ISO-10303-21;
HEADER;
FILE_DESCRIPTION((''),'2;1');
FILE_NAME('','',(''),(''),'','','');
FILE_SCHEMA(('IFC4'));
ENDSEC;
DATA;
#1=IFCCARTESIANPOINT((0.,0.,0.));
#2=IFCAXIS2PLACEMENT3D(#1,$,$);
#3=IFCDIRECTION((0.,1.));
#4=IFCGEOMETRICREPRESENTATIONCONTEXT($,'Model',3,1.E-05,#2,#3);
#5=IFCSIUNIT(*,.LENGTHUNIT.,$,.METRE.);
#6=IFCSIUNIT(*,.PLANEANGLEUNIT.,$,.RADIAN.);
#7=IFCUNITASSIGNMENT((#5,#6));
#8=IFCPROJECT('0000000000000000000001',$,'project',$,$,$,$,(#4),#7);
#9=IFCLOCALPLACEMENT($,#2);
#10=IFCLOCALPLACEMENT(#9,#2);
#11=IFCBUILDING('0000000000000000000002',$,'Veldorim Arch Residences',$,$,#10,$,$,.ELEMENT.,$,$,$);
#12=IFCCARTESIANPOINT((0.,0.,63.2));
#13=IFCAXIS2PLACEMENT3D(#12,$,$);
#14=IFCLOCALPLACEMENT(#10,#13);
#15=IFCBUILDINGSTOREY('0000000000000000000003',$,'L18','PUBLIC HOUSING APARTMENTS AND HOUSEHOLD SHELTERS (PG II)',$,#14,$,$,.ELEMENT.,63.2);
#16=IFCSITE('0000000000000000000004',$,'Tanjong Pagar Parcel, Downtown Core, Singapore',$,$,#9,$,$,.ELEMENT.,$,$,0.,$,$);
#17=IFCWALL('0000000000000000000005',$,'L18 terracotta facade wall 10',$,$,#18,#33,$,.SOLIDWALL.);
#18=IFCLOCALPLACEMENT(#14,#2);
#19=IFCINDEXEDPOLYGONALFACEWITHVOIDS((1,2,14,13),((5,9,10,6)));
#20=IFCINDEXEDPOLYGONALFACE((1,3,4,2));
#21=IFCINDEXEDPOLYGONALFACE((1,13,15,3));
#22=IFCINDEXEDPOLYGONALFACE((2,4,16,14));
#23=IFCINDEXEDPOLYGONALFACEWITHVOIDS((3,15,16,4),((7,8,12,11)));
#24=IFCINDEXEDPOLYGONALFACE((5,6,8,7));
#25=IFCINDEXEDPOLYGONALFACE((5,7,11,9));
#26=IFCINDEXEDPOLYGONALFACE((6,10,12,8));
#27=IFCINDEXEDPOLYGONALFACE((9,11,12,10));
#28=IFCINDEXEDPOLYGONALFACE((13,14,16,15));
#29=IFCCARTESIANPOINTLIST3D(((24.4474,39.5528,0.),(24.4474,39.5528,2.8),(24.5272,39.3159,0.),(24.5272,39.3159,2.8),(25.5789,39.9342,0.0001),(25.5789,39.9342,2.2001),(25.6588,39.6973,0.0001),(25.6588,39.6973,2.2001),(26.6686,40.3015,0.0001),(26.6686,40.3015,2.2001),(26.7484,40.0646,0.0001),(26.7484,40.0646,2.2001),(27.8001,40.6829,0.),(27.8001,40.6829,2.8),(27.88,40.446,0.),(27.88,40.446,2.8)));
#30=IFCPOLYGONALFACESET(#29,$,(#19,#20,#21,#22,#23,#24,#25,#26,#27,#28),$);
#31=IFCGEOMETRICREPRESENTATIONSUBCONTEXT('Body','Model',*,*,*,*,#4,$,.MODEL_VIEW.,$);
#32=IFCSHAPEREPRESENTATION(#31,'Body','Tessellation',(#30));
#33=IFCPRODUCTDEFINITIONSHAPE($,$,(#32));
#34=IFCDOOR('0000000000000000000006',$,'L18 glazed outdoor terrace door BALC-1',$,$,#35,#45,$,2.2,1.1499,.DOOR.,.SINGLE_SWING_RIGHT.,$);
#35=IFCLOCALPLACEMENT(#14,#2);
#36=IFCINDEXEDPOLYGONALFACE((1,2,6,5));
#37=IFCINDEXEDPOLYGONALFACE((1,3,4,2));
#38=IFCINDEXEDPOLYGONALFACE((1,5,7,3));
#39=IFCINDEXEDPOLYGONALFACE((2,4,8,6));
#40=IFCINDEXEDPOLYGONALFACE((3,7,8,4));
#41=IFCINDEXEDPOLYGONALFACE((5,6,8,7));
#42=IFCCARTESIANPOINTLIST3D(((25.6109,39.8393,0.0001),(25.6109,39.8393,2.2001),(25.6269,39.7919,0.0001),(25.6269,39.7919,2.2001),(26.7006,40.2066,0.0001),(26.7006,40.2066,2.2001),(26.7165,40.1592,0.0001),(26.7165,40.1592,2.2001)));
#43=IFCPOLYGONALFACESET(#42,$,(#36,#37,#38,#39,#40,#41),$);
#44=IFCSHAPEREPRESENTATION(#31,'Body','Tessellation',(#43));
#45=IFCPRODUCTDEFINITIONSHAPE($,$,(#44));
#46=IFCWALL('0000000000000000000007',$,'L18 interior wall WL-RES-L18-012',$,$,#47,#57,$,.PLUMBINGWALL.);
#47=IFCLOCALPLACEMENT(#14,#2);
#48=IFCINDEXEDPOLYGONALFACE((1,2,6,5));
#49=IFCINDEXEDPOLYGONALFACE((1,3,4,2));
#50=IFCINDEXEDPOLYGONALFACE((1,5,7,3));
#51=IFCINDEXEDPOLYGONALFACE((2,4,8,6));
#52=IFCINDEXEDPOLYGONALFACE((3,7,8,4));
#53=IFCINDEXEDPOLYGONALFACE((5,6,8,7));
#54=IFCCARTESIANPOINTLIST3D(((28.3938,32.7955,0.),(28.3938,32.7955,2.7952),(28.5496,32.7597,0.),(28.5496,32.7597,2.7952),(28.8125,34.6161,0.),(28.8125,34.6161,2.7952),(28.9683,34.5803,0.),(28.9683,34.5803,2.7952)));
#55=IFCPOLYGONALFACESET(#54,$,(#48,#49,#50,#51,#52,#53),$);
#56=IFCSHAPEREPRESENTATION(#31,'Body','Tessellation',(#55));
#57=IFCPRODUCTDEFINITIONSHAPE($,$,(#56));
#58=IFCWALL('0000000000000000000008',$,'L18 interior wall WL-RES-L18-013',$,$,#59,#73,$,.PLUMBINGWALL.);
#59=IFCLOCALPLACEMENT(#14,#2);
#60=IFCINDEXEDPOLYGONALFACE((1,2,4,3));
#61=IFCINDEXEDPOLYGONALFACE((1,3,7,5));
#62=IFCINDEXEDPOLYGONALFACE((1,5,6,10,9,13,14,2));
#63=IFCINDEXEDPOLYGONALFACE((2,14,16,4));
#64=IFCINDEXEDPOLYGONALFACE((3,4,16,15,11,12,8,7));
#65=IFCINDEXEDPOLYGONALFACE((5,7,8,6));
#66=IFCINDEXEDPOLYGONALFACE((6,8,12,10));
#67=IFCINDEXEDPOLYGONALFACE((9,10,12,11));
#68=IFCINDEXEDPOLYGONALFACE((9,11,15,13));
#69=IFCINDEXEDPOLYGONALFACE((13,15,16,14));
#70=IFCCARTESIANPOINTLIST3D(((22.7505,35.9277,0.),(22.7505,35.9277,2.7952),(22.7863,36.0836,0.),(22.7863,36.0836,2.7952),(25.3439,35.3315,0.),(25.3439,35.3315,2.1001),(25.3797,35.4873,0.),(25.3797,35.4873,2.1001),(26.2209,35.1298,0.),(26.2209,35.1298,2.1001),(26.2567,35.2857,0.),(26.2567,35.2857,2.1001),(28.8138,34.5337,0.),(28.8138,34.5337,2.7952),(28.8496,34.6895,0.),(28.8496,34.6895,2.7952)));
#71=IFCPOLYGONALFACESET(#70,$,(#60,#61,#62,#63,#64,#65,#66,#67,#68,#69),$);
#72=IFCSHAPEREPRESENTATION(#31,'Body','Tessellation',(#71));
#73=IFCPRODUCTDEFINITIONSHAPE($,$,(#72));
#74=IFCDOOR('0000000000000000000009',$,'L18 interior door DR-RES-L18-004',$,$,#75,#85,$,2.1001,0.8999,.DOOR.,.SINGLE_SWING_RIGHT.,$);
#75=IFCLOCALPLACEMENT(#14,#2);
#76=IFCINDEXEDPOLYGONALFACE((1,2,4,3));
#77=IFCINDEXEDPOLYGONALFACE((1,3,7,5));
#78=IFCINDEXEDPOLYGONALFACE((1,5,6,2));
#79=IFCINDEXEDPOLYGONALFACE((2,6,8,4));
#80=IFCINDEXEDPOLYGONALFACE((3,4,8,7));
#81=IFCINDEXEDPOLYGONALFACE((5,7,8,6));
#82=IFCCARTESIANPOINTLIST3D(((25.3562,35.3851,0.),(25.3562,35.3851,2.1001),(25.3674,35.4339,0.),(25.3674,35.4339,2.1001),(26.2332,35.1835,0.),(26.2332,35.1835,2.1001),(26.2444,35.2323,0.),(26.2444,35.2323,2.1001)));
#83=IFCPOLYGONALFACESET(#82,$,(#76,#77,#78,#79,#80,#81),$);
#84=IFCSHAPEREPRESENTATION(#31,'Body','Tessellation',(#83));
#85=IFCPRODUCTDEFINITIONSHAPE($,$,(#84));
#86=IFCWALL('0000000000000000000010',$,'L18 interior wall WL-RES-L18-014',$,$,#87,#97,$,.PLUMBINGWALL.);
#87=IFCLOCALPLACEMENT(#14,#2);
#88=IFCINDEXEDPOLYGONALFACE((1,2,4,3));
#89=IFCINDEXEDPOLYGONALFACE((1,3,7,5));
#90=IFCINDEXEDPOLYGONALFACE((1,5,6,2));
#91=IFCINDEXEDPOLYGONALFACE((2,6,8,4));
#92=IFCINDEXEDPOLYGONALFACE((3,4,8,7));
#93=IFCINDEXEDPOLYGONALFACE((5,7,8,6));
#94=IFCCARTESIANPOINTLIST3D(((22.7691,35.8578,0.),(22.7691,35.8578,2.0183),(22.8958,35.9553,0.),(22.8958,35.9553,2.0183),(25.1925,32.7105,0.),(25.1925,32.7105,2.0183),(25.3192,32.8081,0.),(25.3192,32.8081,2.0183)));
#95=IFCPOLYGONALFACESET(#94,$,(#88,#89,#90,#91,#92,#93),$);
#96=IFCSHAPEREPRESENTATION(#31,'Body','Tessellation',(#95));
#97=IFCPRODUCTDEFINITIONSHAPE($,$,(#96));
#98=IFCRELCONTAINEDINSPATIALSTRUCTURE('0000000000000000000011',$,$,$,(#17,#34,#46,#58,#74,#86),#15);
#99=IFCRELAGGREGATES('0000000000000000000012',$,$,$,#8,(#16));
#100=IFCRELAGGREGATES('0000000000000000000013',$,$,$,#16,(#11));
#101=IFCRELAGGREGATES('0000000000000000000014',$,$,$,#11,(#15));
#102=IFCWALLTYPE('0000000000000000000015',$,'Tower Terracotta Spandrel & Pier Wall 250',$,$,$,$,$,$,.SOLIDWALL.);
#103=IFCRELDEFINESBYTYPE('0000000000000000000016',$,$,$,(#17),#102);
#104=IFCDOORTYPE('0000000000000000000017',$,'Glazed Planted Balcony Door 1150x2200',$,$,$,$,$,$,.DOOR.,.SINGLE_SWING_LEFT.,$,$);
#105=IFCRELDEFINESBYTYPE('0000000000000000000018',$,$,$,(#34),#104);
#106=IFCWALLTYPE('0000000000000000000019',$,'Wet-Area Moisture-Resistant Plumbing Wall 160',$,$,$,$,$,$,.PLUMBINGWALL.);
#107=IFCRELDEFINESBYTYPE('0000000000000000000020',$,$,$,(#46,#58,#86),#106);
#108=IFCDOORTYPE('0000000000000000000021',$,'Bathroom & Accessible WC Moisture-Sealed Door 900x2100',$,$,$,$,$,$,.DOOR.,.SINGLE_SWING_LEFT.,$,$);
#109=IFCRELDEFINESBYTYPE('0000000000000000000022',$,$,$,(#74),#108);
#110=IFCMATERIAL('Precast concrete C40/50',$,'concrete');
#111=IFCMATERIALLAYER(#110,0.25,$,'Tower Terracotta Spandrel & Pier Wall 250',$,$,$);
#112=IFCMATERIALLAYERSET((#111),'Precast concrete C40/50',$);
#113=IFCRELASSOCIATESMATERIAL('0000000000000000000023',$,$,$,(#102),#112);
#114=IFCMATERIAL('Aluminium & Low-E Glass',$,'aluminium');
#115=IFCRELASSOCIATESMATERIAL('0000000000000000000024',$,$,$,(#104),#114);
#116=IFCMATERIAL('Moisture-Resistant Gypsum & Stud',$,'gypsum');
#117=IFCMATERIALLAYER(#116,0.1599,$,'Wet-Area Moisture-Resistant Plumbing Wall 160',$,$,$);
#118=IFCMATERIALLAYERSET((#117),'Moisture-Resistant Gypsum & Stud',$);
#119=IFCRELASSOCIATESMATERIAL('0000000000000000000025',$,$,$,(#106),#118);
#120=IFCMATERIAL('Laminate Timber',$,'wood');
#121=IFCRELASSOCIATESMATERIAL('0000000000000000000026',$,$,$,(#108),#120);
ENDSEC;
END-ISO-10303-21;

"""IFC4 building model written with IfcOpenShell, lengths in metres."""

from ifc_helpers import new_model, si_unit, direction, frame, frame_2d, origin, place, context, subcontext, project, spatial, rectangle, extrude, material, layer, layer_set, type_object, element, fill, save


model = new_model("IFC4")

# Units and contexts
model_context = context("Model", 3, precision=1e-05, world=origin(), true_north=direction((0.0, 1.0)))
body_context = subcontext(model_context, "Body", "Model", "MODEL_VIEW")
ifc_project = project(units=[si_unit("LENGTHUNIT", "METRE"), si_unit("PLANEANGLEUNIT", "RADIAN")], contexts=[model_context])

# Site, building, storey
site_placement = place(None, origin())
site = spatial("IfcSite", under=ifc_project, at=site_placement, Name="Tanjong Pagar Parcel, Downtown Core, Singapore", CompositionType="ELEMENT", RefElevation=0.0)
building_placement = place(site_placement, origin())
building = spatial("IfcBuilding", under=site, at=building_placement, Name="Veldorim Arch Residences", CompositionType="ELEMENT")
storey_placement = place(building_placement, frame((0.0, 0.0, 63.2)))
storey = spatial("IfcBuildingStorey", under=building, at=storey_placement, Name="L18", Description="PUBLIC HOUSING APARTMENTS AND HOUSEHOLD SHELTERS (PG II)", CompositionType="ELEMENT", Elevation=63.2)

# Shared definitions
ifc_material_1 = material(Name="Precast concrete C40/50", Category="concrete")
ifc_layer_1 = layer(ifc_material_1, 0.25, Name="Tower Terracotta Spandrel & Pier Wall 250")
ifc_layer_set_1 = layer_set([ifc_layer_1], Name="Precast concrete C40/50")
wall_type_1 = type_object("IfcWallType", Name="Tower Terracotta Spandrel & Pier Wall 250", PredefinedType="SOLIDWALL", material=ifc_layer_set_1)

# Wall, opening, door
wall_1_placement = place(storey_placement, frame((24.4873, 39.4343, 0.0), z_axis=(0.0, 0.0, 1.0), x_axis=(0.947615, 0.319414, 0.0)))
wall_1 = element("IfcWall", 1, at=wall_1_placement, inside=storey, type_object=wall_type_1, Name="L18 terracotta facade wall 10", PredefinedType="SOLIDWALL", context=body_context, shape_type="SweptSolid", body=[
    extrude(rectangle(XDim=3.5381, YDim=0.25, at=frame_2d((1.769, 0.0))), origin(), (0.0, 0.0, 1.0), 2.8),
])
opening_1_placement = place(wall_1_placement, frame((1.1941, 0.0, 0.0)))
opening_1 = element("IfcOpeningElement", 2, at=opening_1_placement, cuts=wall_1, PredefinedType="OPENING", context=body_context, shape_type="SweptSolid", body=[
    extrude(rectangle(XDim=1.1499, YDim=2.2, at=frame_2d((0.575, 1.1001))), frame((0.0, 0.135, 0.0), z_axis=(0.0, -1.0, 0.0), x_axis=(1.0, 0.0, 0.0)), (0.0, 0.0, 1.0), 0.27),
])
ifc_material_2 = material(Name="Aluminium & Low-E Glass", Category="aluminium")
door_type_1 = type_object("IfcDoorType", Name="Glazed Planted Balcony Door 1150x2200", OperationType="SINGLE_SWING_LEFT", PredefinedType="DOOR", material=ifc_material_2)
door_1_placement = place(opening_1_placement, origin())
door_1 = element("IfcDoor", 3, at=door_1_placement, inside=storey, type_object=door_type_1, Name="L18 glazed outdoor terrace door BALC-1", OperationType="SINGLE_SWING_RIGHT", OverallHeight=2.2, OverallWidth=1.1499, PredefinedType="DOOR", context=body_context, shape_type="SweptSolid", body=[
    extrude(rectangle(XDim=1.1499, YDim=2.2, at=frame_2d((0.575, 1.1001))), frame((0.0, 0.0249, 0.0), z_axis=(0.0, -1.0, 0.0), x_axis=(1.0, 0.0, 0.0)), (0.0, 0.0, 1.0), 0.05),
])
fill(opening_1, door_1)

# Wall
ifc_material_3 = material(Name="Moisture-Resistant Gypsum & Stud", Category="gypsum")
ifc_layer_2 = layer(ifc_material_3, 0.1599, Name="Wet-Area Moisture-Resistant Plumbing Wall 160")
ifc_layer_set_2 = layer_set([ifc_layer_2], Name="Moisture-Resistant Gypsum & Stud")
wall_type_2 = type_object("IfcWallType", Name="Wet-Area Moisture-Resistant Plumbing Wall 160", PredefinedType="PLUMBINGWALL", material=ifc_layer_set_2)
wall_2_placement = place(storey_placement, frame((28.4717, 32.7776, 0.0), z_axis=(0.0, 0.0, 1.0), x_axis=(0.224134, 0.974558, 0.0)))
element("IfcWall", 4, at=wall_2_placement, inside=storey, type_object=wall_type_2, Name="L18 interior wall WL-RES-L18-012", PredefinedType="PLUMBINGWALL", context=body_context, shape_type="SweptSolid", body=[
    extrude(rectangle(XDim=1.8682, YDim=0.1599, at=frame_2d((0.9341, 0.0))), origin(), (0.0, 0.0, 1.0), 2.7952),
])

# Wall, opening, door
wall_3_placement = place(storey_placement, frame((28.8318, 34.6116, 0.0), z_axis=(0.0, 0.0, 1.0), x_axis=(-0.974573, 0.224071, 0.0)))
wall_3 = element("IfcWall", 5, at=wall_3_placement, inside=storey, type_object=wall_type_2, Name="L18 interior wall WL-RES-L18-013", PredefinedType="PLUMBINGWALL", context=body_context, shape_type="SweptSolid", body=[
    extrude(rectangle(XDim=6.2214, YDim=0.1599, at=frame_2d((3.1108, 0.0))), origin(), (0.0, 0.0, 1.0), 2.7952),
])
opening_2_placement = place(wall_3_placement, frame((2.6606, 0.0, 0.0)))
opening_2 = element("IfcOpeningElement", 6, at=opening_2_placement, cuts=wall_3, PredefinedType="OPENING", context=body_context, shape_type="SweptSolid", body=[
    extrude(rectangle(XDim=0.8999, YDim=2.1001, at=frame_2d((0.45, 1.05))), frame((0.0, 0.0898, 0.0), z_axis=(0.0, -1.0, 0.0), x_axis=(1.0, 0.0, 0.0)), (0.0, 0.0, 1.0), 0.1799),
])
ifc_material_4 = material(Name="Laminate Timber", Category="wood")
door_type_2 = type_object("IfcDoorType", Name="Bathroom & Accessible WC Moisture-Sealed Door 900x2100", OperationType="SINGLE_SWING_LEFT", PredefinedType="DOOR", material=ifc_material_4)
door_2_placement = place(opening_2_placement, origin())
door_2 = element("IfcDoor", 7, at=door_2_placement, inside=storey, type_object=door_type_2, Name="L18 interior door DR-RES-L18-004", OperationType="SINGLE_SWING_RIGHT", OverallHeight=2.1001, OverallWidth=0.8999, PredefinedType="DOOR", context=body_context, shape_type="SweptSolid", body=[
    extrude(rectangle(XDim=0.8999, YDim=2.1001, at=frame_2d((0.45, 1.05))), frame((0.0, 0.0249, 0.0), z_axis=(0.0, -1.0, 0.0), x_axis=(1.0, 0.0, 0.0)), (0.0, 0.0, 1.0), 0.05),
])
fill(opening_2, door_2)

# Wall
wall_4_placement = place(storey_placement, frame((25.2559, 32.7593, 0.0), z_axis=(0.0, 0.0, 1.0), x_axis=(-0.610091, 0.792331, 0.0)))
element("IfcWall", 8, at=wall_4_placement, inside=storey, type_object=wall_type_2, Name="L18 interior wall WL-RES-L18-014", PredefinedType="PLUMBINGWALL", context=body_context, shape_type="SweptSolid", body=[
    extrude(rectangle(XDim=3.9722, YDim=0.1599, at=frame_2d((1.9861, 0.0))), origin(), (0.0, 0.0, 1.0), 2.0183),
])

save(model, "model.ifc")
